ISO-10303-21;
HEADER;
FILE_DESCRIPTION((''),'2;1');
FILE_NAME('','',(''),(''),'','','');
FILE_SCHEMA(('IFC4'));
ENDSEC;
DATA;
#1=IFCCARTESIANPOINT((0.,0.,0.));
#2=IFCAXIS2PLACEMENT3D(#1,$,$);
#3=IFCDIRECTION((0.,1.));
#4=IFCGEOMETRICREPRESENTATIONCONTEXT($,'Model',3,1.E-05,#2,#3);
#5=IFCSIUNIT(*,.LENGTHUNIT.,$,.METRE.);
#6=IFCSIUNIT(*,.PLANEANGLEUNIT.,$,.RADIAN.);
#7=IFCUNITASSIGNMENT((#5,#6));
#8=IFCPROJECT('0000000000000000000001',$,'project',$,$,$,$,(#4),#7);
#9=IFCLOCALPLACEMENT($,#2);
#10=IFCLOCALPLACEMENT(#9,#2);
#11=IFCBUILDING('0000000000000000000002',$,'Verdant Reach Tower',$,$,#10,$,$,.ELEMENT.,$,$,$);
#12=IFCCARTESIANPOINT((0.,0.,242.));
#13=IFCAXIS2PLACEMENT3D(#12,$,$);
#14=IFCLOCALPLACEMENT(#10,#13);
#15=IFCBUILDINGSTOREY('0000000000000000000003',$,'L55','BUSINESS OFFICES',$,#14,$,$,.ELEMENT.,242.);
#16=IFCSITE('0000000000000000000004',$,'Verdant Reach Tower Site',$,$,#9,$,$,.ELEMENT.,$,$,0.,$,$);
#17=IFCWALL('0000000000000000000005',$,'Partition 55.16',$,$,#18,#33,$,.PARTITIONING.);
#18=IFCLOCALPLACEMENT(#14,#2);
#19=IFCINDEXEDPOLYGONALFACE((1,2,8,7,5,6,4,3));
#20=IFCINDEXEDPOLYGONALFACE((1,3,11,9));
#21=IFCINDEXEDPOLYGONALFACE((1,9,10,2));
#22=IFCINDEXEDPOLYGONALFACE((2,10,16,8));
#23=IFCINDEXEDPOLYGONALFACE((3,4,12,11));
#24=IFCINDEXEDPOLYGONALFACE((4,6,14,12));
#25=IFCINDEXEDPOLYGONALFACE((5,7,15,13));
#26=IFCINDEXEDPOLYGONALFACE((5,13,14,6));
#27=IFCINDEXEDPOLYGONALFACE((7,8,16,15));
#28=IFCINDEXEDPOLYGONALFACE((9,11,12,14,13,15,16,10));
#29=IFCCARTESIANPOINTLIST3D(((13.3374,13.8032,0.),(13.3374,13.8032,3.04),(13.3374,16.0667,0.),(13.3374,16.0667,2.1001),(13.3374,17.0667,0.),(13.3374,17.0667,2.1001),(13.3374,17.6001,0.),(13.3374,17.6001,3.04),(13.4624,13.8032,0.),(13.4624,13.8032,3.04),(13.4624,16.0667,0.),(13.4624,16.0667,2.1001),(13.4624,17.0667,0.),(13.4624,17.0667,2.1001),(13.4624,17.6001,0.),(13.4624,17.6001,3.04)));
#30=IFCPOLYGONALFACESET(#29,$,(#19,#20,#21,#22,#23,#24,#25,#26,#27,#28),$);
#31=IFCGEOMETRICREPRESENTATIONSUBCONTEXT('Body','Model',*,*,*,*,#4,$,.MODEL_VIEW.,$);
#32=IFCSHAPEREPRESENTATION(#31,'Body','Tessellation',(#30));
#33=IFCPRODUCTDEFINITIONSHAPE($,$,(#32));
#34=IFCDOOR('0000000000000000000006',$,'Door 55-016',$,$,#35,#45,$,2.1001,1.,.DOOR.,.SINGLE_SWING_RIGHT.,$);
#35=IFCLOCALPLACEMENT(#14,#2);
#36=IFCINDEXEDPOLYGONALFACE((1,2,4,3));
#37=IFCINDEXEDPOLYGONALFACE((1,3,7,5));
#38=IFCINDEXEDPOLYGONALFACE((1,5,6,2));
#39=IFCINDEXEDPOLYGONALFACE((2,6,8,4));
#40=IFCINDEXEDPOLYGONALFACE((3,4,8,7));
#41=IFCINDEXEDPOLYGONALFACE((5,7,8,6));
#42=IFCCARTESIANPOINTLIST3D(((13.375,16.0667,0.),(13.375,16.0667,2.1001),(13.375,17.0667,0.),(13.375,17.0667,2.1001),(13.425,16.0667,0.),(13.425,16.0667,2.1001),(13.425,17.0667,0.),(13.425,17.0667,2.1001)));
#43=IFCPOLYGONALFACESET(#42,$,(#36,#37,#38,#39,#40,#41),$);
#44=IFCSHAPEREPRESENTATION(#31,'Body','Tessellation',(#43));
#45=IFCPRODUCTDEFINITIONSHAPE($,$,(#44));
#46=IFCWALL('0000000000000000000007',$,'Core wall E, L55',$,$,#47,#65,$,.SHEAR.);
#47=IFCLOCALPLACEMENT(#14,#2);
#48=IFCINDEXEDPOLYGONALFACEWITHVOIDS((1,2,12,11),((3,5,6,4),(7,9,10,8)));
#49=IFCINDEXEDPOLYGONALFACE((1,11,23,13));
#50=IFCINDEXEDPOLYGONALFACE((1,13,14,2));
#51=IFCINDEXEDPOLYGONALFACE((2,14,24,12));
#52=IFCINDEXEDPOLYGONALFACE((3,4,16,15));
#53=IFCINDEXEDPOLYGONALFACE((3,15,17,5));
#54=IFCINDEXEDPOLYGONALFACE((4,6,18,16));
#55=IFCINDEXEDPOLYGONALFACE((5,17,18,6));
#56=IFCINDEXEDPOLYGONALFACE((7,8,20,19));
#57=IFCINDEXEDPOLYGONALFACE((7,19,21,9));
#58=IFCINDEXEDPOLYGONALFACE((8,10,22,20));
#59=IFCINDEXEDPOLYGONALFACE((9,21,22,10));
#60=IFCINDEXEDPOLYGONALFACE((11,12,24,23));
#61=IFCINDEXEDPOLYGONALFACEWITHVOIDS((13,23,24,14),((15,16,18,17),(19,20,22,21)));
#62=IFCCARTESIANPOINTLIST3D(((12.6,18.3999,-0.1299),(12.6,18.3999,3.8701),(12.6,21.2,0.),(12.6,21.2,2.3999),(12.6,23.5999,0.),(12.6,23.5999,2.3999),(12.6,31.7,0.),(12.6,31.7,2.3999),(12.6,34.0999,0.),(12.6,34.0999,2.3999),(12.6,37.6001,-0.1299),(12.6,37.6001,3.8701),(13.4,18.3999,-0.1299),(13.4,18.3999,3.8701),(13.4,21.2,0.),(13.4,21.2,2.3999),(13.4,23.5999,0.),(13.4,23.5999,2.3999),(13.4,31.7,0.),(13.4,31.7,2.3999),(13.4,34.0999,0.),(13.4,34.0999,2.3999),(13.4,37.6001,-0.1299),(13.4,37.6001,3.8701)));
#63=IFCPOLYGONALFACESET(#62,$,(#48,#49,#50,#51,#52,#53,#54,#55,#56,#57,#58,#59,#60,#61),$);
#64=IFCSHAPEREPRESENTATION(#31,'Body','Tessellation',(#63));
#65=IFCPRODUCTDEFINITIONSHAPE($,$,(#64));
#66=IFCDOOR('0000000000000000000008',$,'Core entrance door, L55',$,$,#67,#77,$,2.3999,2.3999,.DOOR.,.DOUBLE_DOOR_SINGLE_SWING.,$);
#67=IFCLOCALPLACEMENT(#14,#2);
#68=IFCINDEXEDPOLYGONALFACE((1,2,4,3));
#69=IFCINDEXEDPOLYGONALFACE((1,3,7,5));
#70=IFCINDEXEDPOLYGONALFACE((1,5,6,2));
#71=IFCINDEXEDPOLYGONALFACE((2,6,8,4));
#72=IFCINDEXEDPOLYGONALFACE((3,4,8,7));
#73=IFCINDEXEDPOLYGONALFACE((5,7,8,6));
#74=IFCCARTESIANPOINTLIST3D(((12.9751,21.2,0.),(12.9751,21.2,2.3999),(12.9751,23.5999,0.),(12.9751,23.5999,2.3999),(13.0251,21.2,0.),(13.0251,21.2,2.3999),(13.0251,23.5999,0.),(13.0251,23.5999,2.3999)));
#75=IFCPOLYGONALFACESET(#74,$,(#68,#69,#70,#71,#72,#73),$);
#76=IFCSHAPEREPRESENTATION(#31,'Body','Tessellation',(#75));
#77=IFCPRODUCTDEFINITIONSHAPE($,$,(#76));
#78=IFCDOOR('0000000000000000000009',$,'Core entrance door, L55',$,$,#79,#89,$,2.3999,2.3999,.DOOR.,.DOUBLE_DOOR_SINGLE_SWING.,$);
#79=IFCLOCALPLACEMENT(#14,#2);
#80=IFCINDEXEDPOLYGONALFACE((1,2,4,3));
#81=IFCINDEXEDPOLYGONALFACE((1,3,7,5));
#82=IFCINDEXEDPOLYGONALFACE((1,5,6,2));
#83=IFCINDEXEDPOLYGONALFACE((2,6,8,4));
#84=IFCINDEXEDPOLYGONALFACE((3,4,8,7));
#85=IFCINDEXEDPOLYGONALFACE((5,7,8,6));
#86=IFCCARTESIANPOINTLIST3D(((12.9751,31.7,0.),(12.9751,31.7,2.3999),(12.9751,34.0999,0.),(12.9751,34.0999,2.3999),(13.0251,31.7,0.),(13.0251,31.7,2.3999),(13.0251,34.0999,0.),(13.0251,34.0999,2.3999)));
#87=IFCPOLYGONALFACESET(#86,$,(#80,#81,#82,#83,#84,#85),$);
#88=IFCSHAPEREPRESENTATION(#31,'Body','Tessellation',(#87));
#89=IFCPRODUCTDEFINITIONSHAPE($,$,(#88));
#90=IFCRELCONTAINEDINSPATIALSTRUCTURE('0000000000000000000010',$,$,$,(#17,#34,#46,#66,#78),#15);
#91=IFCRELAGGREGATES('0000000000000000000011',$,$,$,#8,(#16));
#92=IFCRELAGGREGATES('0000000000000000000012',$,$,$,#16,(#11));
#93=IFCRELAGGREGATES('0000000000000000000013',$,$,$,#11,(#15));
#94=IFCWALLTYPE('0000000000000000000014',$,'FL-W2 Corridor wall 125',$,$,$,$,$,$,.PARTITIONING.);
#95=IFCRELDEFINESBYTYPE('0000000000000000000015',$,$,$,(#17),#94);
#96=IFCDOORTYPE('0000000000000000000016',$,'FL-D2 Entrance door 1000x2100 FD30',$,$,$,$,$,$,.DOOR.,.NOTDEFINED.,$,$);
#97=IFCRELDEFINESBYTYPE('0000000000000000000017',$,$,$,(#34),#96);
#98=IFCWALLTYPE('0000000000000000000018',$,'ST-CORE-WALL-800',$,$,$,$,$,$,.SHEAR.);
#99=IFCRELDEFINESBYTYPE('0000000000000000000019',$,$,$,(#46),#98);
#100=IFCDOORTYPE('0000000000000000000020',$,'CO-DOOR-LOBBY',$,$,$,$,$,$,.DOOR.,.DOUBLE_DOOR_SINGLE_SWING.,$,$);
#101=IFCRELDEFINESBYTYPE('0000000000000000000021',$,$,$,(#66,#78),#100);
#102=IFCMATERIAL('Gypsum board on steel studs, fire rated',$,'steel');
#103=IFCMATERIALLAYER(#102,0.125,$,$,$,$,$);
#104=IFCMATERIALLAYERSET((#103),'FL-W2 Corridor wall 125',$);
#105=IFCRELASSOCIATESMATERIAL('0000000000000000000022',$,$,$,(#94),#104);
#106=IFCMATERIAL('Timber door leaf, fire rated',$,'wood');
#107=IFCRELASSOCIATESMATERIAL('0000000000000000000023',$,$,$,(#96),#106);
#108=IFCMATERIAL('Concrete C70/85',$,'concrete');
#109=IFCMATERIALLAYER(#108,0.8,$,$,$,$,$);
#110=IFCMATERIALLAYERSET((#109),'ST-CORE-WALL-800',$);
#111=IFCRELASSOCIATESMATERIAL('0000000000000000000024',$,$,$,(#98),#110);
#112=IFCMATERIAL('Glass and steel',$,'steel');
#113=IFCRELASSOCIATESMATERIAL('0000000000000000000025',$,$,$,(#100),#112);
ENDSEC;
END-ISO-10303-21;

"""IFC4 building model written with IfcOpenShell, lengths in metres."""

from ifc_helpers import new_model, si_unit, direction, frame, frame_2d, origin, place, context, subcontext, project, spatial, rectangle, extrude, material, layer, layer_set, type_object, element, fill, save


model = new_model("IFC4")

# Units and contexts
model_context = context("Model", 3, precision=1e-05, world=origin(), true_north=direction((0.0, 1.0)))
body_context = subcontext(model_context, "Body", "Model", "MODEL_VIEW")
ifc_project = project(units=[si_unit("LENGTHUNIT", "METRE"), si_unit("PLANEANGLEUNIT", "RADIAN")], contexts=[model_context])

# Site, building, storey
site_placement = place(None, origin())
site = spatial("IfcSite", under=ifc_project, at=site_placement, Name="Verdant Reach Tower Site", CompositionType="ELEMENT", RefElevation=0.0)
building_placement = place(site_placement, origin())
building = spatial("IfcBuilding", under=site, at=building_placement, Name="Verdant Reach Tower", CompositionType="ELEMENT")
storey_placement = place(building_placement, frame((0.0, 0.0, 242.0)))
storey = spatial("IfcBuildingStorey", under=building, at=storey_placement, Name="L55", Description="BUSINESS OFFICES", CompositionType="ELEMENT", Elevation=242.0)

# Wall, opening, door
ifc_material_1 = material(Name="Gypsum board on steel studs, fire rated", Category="steel")
ifc_layer_1 = layer(ifc_material_1, 0.125)
ifc_layer_set_1 = layer_set([ifc_layer_1], Name="FL-W2 Corridor wall 125")
wall_type_1 = type_object("IfcWallType", Name="FL-W2 Corridor wall 125", PredefinedType="PARTITIONING", material=ifc_layer_set_1)
wall_1_placement = place(storey_placement, frame((13.3999, 13.8032, 0.0), z_axis=(0.0, 0.0, 1.0), x_axis=(0.0, 1.0, 0.0)))
wall_1 = element("IfcWall", 1, at=wall_1_placement, inside=storey, type_object=wall_type_1, Name="Partition 55.16", PredefinedType="PARTITIONING", context=body_context, shape_type="SweptSolid", body=[
    extrude(rectangle(XDim=3.7969, YDim=0.125, at=frame_2d((1.8984, 0.0))), origin(), (0.0, 0.0, 1.0), 3.04),
])
opening_1_placement = place(wall_1_placement, frame((2.2634, 0.0, 0.0)))
opening_1 = element("IfcOpeningElement", 2, at=opening_1_placement, cuts=wall_1, PredefinedType="OPENING", context=body_context, shape_type="SweptSolid", body=[
    extrude(rectangle(XDim=1.0, YDim=2.1001, at=frame_2d((0.5, 1.05))), frame((0.0, 0.0725, 0.0), z_axis=(0.0, -1.0, 0.0), x_axis=(1.0, 0.0, 0.0)), (0.0, 0.0, 1.0), 0.145),
])
ifc_material_2 = material(Name="Timber door leaf, fire rated", Category="wood")
door_type_1 = type_object("IfcDoorType", Name="FL-D2 Entrance door 1000x2100 FD30", OperationType="NOTDEFINED", PredefinedType="DOOR", material=ifc_material_2)
door_1_placement = place(opening_1_placement, origin())
door_1 = element("IfcDoor", 3, at=door_1_placement, inside=storey, type_object=door_type_1, Name="Door 55-016", OperationType="SINGLE_SWING_RIGHT", OverallHeight=2.1001, OverallWidth=1.0, PredefinedType="DOOR", context=body_context, shape_type="SweptSolid", body=[
    extrude(rectangle(XDim=1.0, YDim=2.1001, at=frame_2d((0.5, 1.05))), frame((0.0, 0.0249, 0.0), z_axis=(0.0, -1.0, 0.0), x_axis=(1.0, 0.0, 0.0)), (0.0, 0.0, 1.0), 0.05),
])
fill(opening_1, door_1)

# Wall, openings, doors
ifc_material_3 = material(Name="Concrete C70/85", Category="concrete")
ifc_layer_2 = layer(ifc_material_3, 0.8)
ifc_layer_set_2 = layer_set([ifc_layer_2], Name="ST-CORE-WALL-800")
wall_type_2 = type_object("IfcWallType", Name="ST-CORE-WALL-800", PredefinedType="SHEAR", material=ifc_layer_set_2)
wall_2_placement = place(storey_placement, frame((13.0, 18.3999, -0.1299), z_axis=(0.0, 0.0, 1.0), x_axis=(0.0, 1.0, 0.0)))
wall_2 = element("IfcWall", 4, at=wall_2_placement, inside=storey, type_object=wall_type_2, Name="Core wall E, L55", PredefinedType="SHEAR", context=body_context, shape_type="SweptSolid", body=[
    extrude(rectangle(XDim=19.2002, YDim=0.8, at=frame_2d((9.6001, 0.0))), origin(), (0.0, 0.0, 1.0), 4.0),
])
opening_2_placement = place(wall_2_placement, frame((2.8, 0.0, 0.1299)))
opening_2 = element("IfcOpeningElement", 5, at=opening_2_placement, cuts=wall_2, PredefinedType="OPENING", context=body_context, shape_type="SweptSolid", body=[
    extrude(rectangle(XDim=2.3999, YDim=2.3999, at=frame_2d((1.2, 1.2))), frame((0.0, 0.4099, 0.0), z_axis=(0.0, -1.0, 0.0), x_axis=(1.0, 0.0, 0.0)), (0.0, 0.0, 1.0), 0.8201),
])
opening_3_placement = place(wall_2_placement, frame((13.3, 0.0, 0.1299)))
opening_3 = element("IfcOpeningElement", 6, at=opening_3_placement, cuts=wall_2, PredefinedType="OPENING", context=body_context, shape_type="SweptSolid", body=[
    extrude(rectangle(XDim=2.3999, YDim=2.3999, at=frame_2d((1.2, 1.2))), frame((0.0, 0.4099, 0.0), z_axis=(0.0, -1.0, 0.0), x_axis=(1.0, 0.0, 0.0)), (0.0, 0.0, 1.0), 0.8201),
])
ifc_material_4 = material(Name="Glass and steel", Category="steel")
door_type_2 = type_object("IfcDoorType", Name="CO-DOOR-LOBBY", OperationType="DOUBLE_DOOR_SINGLE_SWING", PredefinedType="DOOR", material=ifc_material_4)
door_2_placement = place(opening_2_placement, origin())
door_2 = element("IfcDoor", 7, at=door_2_placement, inside=storey, type_object=door_type_2, Name="Core entrance door, L55", OperationType="DOUBLE_DOOR_SINGLE_SWING", OverallHeight=2.3999, OverallWidth=2.3999, PredefinedType="DOOR", context=body_context, shape_type="SweptSolid", body=[
    extrude(rectangle(XDim=2.3999, YDim=2.3999, at=frame_2d((1.2, 1.2))), frame((0.0, 0.0249, 0.0), z_axis=(0.0, -1.0, 0.0), x_axis=(1.0, 0.0, 0.0)), (0.0, 0.0, 1.0), 0.05),
])
fill(opening_2, door_2)
door_3_placement = place(opening_3_placement, origin())
door_3 = element("IfcDoor", 8, at=door_3_placement, inside=storey, type_object=door_type_2, Name="Core entrance door, L55", OperationType="DOUBLE_DOOR_SINGLE_SWING", OverallHeight=2.3999, OverallWidth=2.3999, PredefinedType="DOOR", context=body_context, shape_type="SweptSolid", body=[
    extrude(rectangle(XDim=2.3999, YDim=2.3999, at=frame_2d((1.2, 1.2))), frame((0.0, 0.0249, 0.0), z_axis=(0.0, -1.0, 0.0), x_axis=(1.0, 0.0, 0.0)), (0.0, 0.0, 1.0), 0.05),
])
fill(opening_3, door_3)

save(model, "model.ifc")
